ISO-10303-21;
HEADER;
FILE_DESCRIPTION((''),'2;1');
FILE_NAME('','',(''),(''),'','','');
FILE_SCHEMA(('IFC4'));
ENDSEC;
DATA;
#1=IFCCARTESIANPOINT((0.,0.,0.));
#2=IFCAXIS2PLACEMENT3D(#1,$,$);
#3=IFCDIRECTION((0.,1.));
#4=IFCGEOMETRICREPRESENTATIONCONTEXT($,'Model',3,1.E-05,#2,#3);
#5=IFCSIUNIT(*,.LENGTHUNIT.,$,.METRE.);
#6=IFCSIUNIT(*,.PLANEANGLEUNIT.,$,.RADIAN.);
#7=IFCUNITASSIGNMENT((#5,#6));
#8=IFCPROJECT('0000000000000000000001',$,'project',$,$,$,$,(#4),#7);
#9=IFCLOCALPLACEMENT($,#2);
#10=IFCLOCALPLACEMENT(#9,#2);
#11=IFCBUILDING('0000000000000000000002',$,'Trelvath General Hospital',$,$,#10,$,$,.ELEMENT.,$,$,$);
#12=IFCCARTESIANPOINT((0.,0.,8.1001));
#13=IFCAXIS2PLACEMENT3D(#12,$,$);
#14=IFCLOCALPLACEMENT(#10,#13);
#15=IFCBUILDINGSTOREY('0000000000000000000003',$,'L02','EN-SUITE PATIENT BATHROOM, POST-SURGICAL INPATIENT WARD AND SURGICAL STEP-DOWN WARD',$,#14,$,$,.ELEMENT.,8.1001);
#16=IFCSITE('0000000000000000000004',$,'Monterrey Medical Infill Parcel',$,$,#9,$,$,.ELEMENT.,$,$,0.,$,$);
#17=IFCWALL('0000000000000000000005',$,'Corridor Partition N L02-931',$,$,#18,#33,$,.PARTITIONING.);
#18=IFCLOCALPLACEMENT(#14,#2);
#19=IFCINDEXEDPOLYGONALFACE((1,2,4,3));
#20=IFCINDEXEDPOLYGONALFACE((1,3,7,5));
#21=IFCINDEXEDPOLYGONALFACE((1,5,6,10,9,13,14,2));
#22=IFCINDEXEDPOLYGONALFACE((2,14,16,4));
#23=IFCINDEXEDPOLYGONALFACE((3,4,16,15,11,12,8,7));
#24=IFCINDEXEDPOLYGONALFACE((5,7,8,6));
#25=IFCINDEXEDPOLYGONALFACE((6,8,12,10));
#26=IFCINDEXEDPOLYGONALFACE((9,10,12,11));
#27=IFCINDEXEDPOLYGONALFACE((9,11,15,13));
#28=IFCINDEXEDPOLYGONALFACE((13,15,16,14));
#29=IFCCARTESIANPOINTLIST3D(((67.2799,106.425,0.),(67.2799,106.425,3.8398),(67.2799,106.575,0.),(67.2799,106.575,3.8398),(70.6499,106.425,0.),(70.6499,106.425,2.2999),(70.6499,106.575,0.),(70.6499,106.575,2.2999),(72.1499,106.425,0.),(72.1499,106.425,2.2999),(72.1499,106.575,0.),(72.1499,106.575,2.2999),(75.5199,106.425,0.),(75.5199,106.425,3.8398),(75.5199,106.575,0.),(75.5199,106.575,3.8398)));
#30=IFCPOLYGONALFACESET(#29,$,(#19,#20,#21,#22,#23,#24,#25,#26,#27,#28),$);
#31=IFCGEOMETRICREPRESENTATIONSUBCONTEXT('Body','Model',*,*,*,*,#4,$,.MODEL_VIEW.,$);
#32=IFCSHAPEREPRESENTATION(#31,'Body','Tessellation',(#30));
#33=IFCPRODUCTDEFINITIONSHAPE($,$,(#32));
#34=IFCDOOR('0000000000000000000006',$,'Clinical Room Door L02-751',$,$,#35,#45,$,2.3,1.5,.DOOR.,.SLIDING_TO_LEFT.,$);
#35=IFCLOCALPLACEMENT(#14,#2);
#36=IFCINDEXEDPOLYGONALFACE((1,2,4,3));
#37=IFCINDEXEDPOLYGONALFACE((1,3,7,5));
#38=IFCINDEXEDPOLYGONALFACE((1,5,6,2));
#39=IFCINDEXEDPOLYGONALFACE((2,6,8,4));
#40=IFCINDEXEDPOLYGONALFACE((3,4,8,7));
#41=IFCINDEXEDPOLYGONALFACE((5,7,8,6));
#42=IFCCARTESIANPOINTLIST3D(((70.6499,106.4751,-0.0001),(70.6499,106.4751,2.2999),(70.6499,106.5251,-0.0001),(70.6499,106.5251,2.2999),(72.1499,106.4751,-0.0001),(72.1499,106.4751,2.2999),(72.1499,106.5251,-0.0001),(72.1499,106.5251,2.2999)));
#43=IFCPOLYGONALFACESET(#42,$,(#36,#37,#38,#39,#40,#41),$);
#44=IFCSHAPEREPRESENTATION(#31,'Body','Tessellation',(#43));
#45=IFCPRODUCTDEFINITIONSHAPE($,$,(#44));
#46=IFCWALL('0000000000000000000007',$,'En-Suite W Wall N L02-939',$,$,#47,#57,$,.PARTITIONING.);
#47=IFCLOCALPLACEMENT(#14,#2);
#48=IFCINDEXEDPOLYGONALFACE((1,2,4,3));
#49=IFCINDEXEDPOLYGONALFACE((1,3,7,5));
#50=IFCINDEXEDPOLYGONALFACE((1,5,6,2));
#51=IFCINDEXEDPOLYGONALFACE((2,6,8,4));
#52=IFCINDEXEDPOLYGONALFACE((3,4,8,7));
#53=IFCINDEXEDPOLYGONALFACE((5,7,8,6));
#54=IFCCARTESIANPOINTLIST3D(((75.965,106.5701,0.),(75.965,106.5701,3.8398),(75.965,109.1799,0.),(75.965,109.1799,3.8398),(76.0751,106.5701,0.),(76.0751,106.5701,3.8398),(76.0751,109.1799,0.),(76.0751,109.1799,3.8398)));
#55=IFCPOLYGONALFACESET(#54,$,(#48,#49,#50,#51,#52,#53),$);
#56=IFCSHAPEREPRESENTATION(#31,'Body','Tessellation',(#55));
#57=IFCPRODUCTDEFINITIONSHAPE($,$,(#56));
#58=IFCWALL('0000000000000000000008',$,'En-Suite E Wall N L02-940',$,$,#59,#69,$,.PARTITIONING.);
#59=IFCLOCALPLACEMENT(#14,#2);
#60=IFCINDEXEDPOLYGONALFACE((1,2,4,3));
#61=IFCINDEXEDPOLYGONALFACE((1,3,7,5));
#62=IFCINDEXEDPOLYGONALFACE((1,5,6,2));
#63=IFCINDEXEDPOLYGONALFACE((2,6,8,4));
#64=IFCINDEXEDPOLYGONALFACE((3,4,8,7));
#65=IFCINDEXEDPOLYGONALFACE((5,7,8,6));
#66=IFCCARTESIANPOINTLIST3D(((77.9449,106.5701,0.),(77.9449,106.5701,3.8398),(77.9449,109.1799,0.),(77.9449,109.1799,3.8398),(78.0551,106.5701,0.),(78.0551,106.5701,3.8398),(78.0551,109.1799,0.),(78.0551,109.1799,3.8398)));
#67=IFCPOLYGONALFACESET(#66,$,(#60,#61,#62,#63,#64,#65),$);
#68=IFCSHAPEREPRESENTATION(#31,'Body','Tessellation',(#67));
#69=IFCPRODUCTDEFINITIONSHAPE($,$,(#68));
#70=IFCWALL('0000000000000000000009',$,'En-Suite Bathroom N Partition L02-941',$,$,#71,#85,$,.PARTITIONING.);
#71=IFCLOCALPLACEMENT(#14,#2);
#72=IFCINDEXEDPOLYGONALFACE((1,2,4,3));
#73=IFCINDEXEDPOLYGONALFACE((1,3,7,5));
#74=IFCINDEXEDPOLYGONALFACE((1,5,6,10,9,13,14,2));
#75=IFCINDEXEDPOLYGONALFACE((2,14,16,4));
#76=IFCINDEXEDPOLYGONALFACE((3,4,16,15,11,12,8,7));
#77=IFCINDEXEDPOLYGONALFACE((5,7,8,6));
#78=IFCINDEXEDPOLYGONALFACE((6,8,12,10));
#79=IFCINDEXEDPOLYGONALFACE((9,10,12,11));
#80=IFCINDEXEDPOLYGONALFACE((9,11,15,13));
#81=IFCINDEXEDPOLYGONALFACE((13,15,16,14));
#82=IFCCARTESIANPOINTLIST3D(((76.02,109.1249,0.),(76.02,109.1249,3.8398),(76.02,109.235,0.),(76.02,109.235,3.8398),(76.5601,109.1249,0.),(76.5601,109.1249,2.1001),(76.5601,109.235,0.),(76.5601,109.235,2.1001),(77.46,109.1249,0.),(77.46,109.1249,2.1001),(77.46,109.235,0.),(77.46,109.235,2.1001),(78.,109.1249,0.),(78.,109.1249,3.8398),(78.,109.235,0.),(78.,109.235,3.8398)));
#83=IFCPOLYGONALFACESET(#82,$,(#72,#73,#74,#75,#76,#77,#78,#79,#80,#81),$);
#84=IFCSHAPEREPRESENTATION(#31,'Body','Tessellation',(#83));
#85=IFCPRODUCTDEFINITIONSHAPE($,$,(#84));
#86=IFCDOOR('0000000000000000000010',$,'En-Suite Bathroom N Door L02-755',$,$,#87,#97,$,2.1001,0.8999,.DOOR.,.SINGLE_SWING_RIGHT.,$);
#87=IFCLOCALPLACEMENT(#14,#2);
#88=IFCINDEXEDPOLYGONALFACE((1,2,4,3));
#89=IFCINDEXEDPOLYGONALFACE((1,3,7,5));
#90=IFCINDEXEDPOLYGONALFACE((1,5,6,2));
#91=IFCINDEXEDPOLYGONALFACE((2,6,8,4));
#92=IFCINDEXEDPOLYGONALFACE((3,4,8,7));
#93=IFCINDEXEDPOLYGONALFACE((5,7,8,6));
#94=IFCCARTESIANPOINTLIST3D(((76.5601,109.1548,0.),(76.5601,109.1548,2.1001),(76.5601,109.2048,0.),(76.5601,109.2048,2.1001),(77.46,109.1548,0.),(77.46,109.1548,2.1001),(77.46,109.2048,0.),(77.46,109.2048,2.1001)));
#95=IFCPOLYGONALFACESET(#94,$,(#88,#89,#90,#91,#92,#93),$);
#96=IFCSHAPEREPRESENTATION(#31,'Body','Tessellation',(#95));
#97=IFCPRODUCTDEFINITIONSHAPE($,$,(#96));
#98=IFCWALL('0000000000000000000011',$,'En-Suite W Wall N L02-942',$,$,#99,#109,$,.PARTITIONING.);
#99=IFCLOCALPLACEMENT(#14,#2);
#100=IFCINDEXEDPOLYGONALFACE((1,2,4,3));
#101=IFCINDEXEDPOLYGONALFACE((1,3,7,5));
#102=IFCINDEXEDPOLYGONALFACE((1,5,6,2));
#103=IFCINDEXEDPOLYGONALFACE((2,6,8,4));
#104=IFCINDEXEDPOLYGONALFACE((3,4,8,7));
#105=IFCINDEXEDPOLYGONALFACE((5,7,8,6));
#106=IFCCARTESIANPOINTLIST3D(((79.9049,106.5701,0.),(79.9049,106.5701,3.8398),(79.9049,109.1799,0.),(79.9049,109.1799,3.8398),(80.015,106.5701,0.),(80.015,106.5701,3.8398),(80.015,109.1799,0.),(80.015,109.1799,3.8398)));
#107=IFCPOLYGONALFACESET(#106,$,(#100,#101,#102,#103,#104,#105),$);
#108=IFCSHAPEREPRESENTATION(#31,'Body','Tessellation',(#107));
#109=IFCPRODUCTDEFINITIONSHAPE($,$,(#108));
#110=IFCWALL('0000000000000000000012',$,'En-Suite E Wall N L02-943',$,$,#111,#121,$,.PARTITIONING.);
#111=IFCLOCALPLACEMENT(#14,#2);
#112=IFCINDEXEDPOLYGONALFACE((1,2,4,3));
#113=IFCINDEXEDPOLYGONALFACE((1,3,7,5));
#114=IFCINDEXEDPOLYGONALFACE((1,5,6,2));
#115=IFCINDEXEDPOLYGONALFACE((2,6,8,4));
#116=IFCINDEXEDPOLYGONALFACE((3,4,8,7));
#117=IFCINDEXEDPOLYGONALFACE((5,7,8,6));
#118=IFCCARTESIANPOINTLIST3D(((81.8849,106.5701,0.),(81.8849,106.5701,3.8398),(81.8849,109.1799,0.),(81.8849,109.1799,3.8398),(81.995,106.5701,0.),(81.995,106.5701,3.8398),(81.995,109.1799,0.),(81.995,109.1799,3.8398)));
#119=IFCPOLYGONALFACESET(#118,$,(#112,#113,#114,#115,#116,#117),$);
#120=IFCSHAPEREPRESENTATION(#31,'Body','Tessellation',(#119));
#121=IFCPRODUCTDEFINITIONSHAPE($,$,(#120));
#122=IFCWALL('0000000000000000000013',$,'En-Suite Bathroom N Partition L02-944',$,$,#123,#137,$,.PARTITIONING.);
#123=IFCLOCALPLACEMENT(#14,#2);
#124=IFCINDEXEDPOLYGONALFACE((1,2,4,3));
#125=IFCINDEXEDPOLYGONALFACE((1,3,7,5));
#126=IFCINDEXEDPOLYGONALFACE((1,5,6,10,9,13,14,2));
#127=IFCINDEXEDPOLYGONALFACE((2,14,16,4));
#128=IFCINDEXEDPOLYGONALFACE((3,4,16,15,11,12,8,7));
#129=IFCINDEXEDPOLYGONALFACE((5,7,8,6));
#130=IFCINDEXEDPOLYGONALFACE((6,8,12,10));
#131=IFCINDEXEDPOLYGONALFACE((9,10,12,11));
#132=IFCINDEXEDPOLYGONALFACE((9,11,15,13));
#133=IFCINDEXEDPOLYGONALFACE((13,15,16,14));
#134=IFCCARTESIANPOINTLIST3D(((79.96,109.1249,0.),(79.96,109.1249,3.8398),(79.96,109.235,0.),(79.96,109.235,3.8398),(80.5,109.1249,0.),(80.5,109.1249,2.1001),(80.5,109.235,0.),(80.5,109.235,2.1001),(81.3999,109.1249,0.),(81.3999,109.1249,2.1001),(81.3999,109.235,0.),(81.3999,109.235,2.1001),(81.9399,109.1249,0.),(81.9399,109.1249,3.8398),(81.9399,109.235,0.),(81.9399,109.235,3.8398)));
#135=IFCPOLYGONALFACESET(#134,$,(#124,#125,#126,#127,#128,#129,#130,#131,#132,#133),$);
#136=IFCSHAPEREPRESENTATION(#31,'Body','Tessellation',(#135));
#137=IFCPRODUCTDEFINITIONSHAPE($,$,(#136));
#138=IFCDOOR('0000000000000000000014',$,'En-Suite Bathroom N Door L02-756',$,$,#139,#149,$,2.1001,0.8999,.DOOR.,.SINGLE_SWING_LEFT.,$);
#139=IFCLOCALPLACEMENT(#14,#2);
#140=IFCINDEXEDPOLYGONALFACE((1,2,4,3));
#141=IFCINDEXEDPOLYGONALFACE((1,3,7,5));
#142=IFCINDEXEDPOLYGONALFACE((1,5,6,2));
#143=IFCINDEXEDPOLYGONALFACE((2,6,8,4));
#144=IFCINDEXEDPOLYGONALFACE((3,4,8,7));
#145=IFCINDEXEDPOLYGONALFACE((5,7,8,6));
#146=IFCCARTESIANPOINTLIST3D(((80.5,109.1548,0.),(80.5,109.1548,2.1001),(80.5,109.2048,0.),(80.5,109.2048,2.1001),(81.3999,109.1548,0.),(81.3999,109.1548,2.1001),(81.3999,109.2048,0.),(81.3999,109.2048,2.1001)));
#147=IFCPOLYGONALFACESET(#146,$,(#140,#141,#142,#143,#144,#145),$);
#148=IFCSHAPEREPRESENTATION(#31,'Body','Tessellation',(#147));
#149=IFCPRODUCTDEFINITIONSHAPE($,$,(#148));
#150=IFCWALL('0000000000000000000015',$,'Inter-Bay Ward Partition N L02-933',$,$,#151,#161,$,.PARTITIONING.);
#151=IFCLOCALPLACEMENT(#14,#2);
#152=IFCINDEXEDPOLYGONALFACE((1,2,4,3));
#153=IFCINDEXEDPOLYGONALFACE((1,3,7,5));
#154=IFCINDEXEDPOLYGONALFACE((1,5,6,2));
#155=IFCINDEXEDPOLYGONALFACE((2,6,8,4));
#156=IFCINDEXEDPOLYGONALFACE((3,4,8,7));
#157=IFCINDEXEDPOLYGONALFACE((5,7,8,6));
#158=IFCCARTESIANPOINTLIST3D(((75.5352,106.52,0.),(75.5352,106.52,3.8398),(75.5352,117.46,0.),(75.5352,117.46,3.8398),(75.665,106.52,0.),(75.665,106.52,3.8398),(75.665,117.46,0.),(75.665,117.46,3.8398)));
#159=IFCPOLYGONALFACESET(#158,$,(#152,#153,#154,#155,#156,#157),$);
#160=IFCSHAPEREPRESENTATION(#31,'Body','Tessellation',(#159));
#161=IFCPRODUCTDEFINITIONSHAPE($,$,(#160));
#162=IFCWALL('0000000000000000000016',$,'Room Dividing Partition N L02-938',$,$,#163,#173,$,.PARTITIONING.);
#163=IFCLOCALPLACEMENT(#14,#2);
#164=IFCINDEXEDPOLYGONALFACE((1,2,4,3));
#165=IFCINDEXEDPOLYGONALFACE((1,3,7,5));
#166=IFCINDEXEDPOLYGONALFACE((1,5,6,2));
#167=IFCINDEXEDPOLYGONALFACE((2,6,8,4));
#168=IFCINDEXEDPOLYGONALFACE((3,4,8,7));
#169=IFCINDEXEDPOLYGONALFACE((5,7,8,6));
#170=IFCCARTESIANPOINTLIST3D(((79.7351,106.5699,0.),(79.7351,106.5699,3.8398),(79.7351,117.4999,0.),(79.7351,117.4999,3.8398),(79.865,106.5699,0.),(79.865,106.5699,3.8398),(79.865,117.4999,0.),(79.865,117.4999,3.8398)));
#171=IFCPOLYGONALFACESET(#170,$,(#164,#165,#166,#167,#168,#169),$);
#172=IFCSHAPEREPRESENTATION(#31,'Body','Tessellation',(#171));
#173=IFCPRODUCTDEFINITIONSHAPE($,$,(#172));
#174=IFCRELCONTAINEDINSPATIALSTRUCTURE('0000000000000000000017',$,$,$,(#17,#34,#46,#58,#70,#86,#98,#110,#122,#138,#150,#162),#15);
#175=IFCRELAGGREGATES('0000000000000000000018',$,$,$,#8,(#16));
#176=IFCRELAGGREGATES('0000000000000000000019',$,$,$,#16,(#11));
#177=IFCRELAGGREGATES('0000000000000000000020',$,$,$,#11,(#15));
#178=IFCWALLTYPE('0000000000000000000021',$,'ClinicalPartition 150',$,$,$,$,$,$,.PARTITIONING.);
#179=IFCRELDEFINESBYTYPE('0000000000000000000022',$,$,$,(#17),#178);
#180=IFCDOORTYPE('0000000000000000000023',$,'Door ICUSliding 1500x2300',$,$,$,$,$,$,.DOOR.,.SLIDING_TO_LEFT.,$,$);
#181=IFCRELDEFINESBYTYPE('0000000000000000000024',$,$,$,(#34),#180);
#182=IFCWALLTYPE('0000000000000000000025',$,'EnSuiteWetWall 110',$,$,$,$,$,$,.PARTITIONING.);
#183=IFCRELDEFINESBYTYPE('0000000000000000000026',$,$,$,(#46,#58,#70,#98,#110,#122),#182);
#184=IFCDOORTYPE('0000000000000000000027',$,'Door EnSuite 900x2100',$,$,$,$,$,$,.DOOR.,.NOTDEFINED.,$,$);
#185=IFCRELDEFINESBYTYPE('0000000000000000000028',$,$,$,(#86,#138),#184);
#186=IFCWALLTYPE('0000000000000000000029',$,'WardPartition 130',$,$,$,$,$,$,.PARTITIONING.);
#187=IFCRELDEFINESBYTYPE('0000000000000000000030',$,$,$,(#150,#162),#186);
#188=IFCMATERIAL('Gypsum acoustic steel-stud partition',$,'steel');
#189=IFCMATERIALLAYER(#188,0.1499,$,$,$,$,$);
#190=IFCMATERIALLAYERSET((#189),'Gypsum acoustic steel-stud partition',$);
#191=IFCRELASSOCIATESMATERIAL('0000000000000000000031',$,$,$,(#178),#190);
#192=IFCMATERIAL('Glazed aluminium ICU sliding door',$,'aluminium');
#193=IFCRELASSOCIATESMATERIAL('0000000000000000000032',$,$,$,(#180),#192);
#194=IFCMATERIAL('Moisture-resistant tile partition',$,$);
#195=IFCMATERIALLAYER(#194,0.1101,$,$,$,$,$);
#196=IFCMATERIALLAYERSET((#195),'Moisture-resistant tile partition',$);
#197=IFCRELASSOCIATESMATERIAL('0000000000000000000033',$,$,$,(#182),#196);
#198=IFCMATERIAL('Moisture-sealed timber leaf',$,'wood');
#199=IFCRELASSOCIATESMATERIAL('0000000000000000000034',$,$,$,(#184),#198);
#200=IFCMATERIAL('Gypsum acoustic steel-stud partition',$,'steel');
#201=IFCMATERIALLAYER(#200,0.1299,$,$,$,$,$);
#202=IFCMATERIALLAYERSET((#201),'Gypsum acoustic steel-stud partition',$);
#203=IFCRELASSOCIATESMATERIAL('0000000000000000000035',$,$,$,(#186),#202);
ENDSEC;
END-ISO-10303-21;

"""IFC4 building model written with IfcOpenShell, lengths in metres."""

from ifc_helpers import new_model, si_unit, direction, frame, frame_2d, origin, place, context, subcontext, project, spatial, rectangle, extrude, material, layer, layer_set, type_object, element, fill, save


model = new_model("IFC4")

# Units and contexts
model_context = context("Model", 3, precision=1e-05, world=origin(), true_north=direction((0.0, 1.0)))
body_context = subcontext(model_context, "Body", "Model", "MODEL_VIEW")
ifc_project = project(units=[si_unit("LENGTHUNIT", "METRE"), si_unit("PLANEANGLEUNIT", "RADIAN")], contexts=[model_context])

# Site, building, storey
site_placement = place(None, origin())
site = spatial("IfcSite", under=ifc_project, at=site_placement, Name="Monterrey Medical Infill Parcel", CompositionType="ELEMENT", RefElevation=0.0)
building_placement = place(site_placement, origin())
building = spatial("IfcBuilding", under=site, at=building_placement, Name="Trelvath General Hospital", CompositionType="ELEMENT")
storey_placement = place(building_placement, frame((0.0, 0.0, 8.1001)))
storey = spatial("IfcBuildingStorey", under=building, at=storey_placement, Name="L02", Description="EN-SUITE PATIENT BATHROOM, POST-SURGICAL INPATIENT WARD AND SURGICAL STEP-DOWN WARD", CompositionType="ELEMENT", Elevation=8.1001)

# Wall, opening, door
ifc_material_1 = material(Name="Gypsum acoustic steel-stud partition", Category="steel")
ifc_layer_1 = layer(ifc_material_1, 0.1499)
ifc_layer_set_1 = layer_set([ifc_layer_1], Name="Gypsum acoustic steel-stud partition")
wall_type_1 = type_object("IfcWallType", Name="ClinicalPartition 150", PredefinedType="PARTITIONING", material=ifc_layer_set_1)
wall_1_placement = place(storey_placement, frame((75.52, 106.5, 0.0), z_axis=(0.0, 0.0, 1.0), x_axis=(-1.0, 0.0, 0.0)))
wall_1 = element("IfcWall", 1, at=wall_1_placement, inside=storey, type_object=wall_type_1, Name="Corridor Partition N L02-931", PredefinedType="PARTITIONING", context=body_context, shape_type="SweptSolid", body=[
    extrude(rectangle(XDim=8.24, YDim=0.1499, at=frame_2d((4.1201, 0.0))), origin(), (0.0, 0.0, 1.0), 3.8398),
])
opening_1_placement = place(wall_1_placement, frame((3.3701, 0.0, 0.0)))
opening_1 = element("IfcOpeningElement", 2, at=opening_1_placement, cuts=wall_1, PredefinedType="OPENING", context=body_context, shape_type="SweptSolid", body=[
    extrude(rectangle(XDim=1.5, YDim=2.3, at=frame_2d((0.75, 1.1499))), frame((0.0, 0.085, 0.0), z_axis=(0.0, -1.0, 0.0), x_axis=(1.0, 0.0, 0.0)), (0.0, 0.0, 1.0), 0.1699),
])
ifc_material_2 = material(Name="Glazed aluminium ICU sliding door", Category="aluminium")
door_type_1 = type_object("IfcDoorType", Name="Door ICUSliding 1500x2300", OperationType="SLIDING_TO_LEFT", PredefinedType="DOOR", material=ifc_material_2)
door_1_placement = place(opening_1_placement, origin())
door_1 = element("IfcDoor", 3, at=door_1_placement, inside=storey, type_object=door_type_1, Name="Clinical Room Door L02-751", OperationType="SLIDING_TO_LEFT", OverallHeight=2.3, OverallWidth=1.5, PredefinedType="DOOR", context=body_context, shape_type="SweptSolid", body=[
    extrude(rectangle(XDim=1.5, YDim=2.3, at=frame_2d((0.75, 1.1499))), frame((0.0, 0.0249, 0.0), z_axis=(0.0, -1.0, 0.0), x_axis=(1.0, 0.0, 0.0)), (0.0, 0.0, 1.0), 0.05),
])
fill(opening_1, door_1)

# Walls
ifc_material_3 = material(Name="Moisture-resistant tile partition")
ifc_layer_2 = layer(ifc_material_3, 0.1101)
ifc_layer_set_2 = layer_set([ifc_layer_2], Name="Moisture-resistant tile partition")
wall_type_2 = type_object("IfcWallType", Name="EnSuiteWetWall 110", PredefinedType="PARTITIONING", material=ifc_layer_set_2)
for number, where, z_axis, x_axis, name in (
    (4, (76.02, 106.5701, 0.0), (0.0, 0.0, 1.0), (0.0, 1.0, 0.0), "En-Suite W Wall N L02-939"),
    (5, (78.0, 106.5701, 0.0), (0.0, 0.0, 1.0), (0.0, 1.0, 0.0), "En-Suite E Wall N L02-940"),
):
    element("IfcWall", number, at=place(storey_placement, frame(where, z_axis=z_axis, x_axis=x_axis)), inside=storey, type_object=wall_type_2, Name=name, PredefinedType="PARTITIONING", context=body_context, shape_type="SweptSolid", body=[
        extrude(rectangle(XDim=2.6099, YDim=0.1101, at=frame_2d((1.3049, 0.0))), origin(), (0.0, 0.0, 1.0), 3.8398),
    ])

# Wall, opening, door
wall_2_placement = place(storey_placement, frame((76.02, 109.1799, 0.0), z_axis=(0.0, 0.0, 1.0), x_axis=(1.0, 0.0, 0.0)))
wall_2 = element("IfcWall", 6, at=wall_2_placement, inside=storey, type_object=wall_type_2, Name="En-Suite Bathroom N Partition L02-941", PredefinedType="PARTITIONING", context=body_context, shape_type="SweptSolid", body=[
    extrude(rectangle(XDim=1.98, YDim=0.1101, at=frame_2d((0.99, 0.0))), origin(), (0.0, 0.0, 1.0), 3.8398),
])
opening_2_placement = place(wall_2_placement, frame((0.54, 0.0, 0.0)))
opening_2 = element("IfcOpeningElement", 7, at=opening_2_placement, cuts=wall_2, PredefinedType="OPENING", context=body_context, shape_type="SweptSolid", body=[
    extrude(rectangle(XDim=0.8999, YDim=2.1001, at=frame_2d((0.45, 1.05))), frame((0.0, 0.0649, 0.0), z_axis=(0.0, -1.0, 0.0), x_axis=(1.0, 0.0, 0.0)), (0.0, 0.0, 1.0), 0.1301),
])
ifc_material_4 = material(Name="Moisture-sealed timber leaf", Category="wood")
door_type_2 = type_object("IfcDoorType", Name="Door EnSuite 900x2100", OperationType="NOTDEFINED", PredefinedType="DOOR", material=ifc_material_4)
door_2_placement = place(opening_2_placement, origin())
door_2 = element("IfcDoor", 8, at=door_2_placement, inside=storey, type_object=door_type_2, Name="En-Suite Bathroom N Door L02-755", OperationType="SINGLE_SWING_RIGHT", OverallHeight=2.1001, OverallWidth=0.8999, PredefinedType="DOOR", context=body_context, shape_type="SweptSolid", body=[
    extrude(rectangle(XDim=0.8999, YDim=2.1001, at=frame_2d((0.45, 1.05))), frame((0.0, 0.0249, 0.0), z_axis=(0.0, -1.0, 0.0), x_axis=(1.0, 0.0, 0.0)), (0.0, 0.0, 1.0), 0.05),
])
fill(opening_2, door_2)

# Walls
for number, where, z_axis, x_axis, name in (
    (9, (79.96, 106.5701, 0.0), (0.0, 0.0, 1.0), (0.0, 1.0, 0.0), "En-Suite W Wall N L02-942"),
    (10, (81.9399, 106.5701, 0.0), (0.0, 0.0, 1.0), (0.0, 1.0, 0.0), "En-Suite E Wall N L02-943"),
):
    element("IfcWall", number, at=place(storey_placement, frame(where, z_axis=z_axis, x_axis=x_axis)), inside=storey, type_object=wall_type_2, Name=name, PredefinedType="PARTITIONING", context=body_context, shape_type="SweptSolid", body=[
        extrude(rectangle(XDim=2.6099, YDim=0.1101, at=frame_2d((1.3049, 0.0))), origin(), (0.0, 0.0, 1.0), 3.8398),
    ])

# Wall, opening, door
wall_3_placement = place(storey_placement, frame((79.96, 109.1799, 0.0), z_axis=(0.0, 0.0, 1.0), x_axis=(1.0, 0.0, 0.0)))
wall_3 = element("IfcWall", 11, at=wall_3_placement, inside=storey, type_object=wall_type_2, Name="En-Suite Bathroom N Partition L02-944", PredefinedType="PARTITIONING", context=body_context, shape_type="SweptSolid", body=[
    extrude(rectangle(XDim=1.98, YDim=0.1101, at=frame_2d((0.99, 0.0))), origin(), (0.0, 0.0, 1.0), 3.8398),
])
opening_3_placement = place(wall_3_placement, frame((0.54, 0.0, 0.0)))
opening_3 = element("IfcOpeningElement", 12, at=opening_3_placement, cuts=wall_3, PredefinedType="OPENING", context=body_context, shape_type="SweptSolid", body=[
    extrude(rectangle(XDim=0.8999, YDim=2.1001, at=frame_2d((0.45, 1.05))), frame((0.0, 0.0649, 0.0), z_axis=(0.0, -1.0, 0.0), x_axis=(1.0, 0.0, 0.0)), (0.0, 0.0, 1.0), 0.1301),
])
door_3_placement = place(opening_3_placement, origin())
door_3 = element("IfcDoor", 13, at=door_3_placement, inside=storey, type_object=door_type_2, Name="En-Suite Bathroom N Door L02-756", OperationType="SINGLE_SWING_LEFT", OverallHeight=2.1001, OverallWidth=0.8999, PredefinedType="DOOR", context=body_context, shape_type="SweptSolid", body=[
    extrude(rectangle(XDim=0.8999, YDim=2.1001, at=frame_2d((0.45, 1.05))), frame((0.0, 0.0249, 0.0), z_axis=(0.0, -1.0, 0.0), x_axis=(1.0, 0.0, 0.0)), (0.0, 0.0, 1.0), 0.05),
])
fill(opening_3, door_3)

# Walls
ifc_material_5 = material(Name="Gypsum acoustic steel-stud partition", Category="steel")
ifc_layer_3 = layer(ifc_material_5, 0.1299)
ifc_layer_set_3 = layer_set([ifc_layer_3], Name="Gypsum acoustic steel-stud partition")
wall_type_3 = type_object("IfcWallType", Name="WardPartition 130", PredefinedType="PARTITIONING", material=ifc_layer_set_3)
wall_4_placement = place(storey_placement, frame((75.6001, 106.52, 0.0), z_axis=(0.0, 0.0, 1.0), x_axis=(0.0, 1.0, 0.0)))
element("IfcWall", 14, at=wall_4_placement, inside=storey, type_object=wall_type_3, Name="Inter-Bay Ward Partition N L02-933", PredefinedType="PARTITIONING", context=body_context, shape_type="SweptSolid", body=[
    extrude(rectangle(XDim=10.9399, YDim=0.1299, at=frame_2d((5.47, 0.0))), origin(), (0.0, 0.0, 1.0), 3.8398),
])
wall_5_placement = place(storey_placement, frame((79.8, 106.5701, 0.0), z_axis=(0.0, 0.0, 1.0), x_axis=(0.0, 1.0, 0.0)))
element("IfcWall", 15, at=wall_5_placement, inside=storey, type_object=wall_type_3, Name="Room Dividing Partition N L02-938", PredefinedType="PARTITIONING", context=body_context, shape_type="SweptSolid", body=[
    extrude(rectangle(XDim=10.9299, YDim=0.1299, at=frame_2d((5.4648, 0.0))), origin(), (0.0, 0.0, 1.0), 3.8398),
])

save(model, "model.ifc")
